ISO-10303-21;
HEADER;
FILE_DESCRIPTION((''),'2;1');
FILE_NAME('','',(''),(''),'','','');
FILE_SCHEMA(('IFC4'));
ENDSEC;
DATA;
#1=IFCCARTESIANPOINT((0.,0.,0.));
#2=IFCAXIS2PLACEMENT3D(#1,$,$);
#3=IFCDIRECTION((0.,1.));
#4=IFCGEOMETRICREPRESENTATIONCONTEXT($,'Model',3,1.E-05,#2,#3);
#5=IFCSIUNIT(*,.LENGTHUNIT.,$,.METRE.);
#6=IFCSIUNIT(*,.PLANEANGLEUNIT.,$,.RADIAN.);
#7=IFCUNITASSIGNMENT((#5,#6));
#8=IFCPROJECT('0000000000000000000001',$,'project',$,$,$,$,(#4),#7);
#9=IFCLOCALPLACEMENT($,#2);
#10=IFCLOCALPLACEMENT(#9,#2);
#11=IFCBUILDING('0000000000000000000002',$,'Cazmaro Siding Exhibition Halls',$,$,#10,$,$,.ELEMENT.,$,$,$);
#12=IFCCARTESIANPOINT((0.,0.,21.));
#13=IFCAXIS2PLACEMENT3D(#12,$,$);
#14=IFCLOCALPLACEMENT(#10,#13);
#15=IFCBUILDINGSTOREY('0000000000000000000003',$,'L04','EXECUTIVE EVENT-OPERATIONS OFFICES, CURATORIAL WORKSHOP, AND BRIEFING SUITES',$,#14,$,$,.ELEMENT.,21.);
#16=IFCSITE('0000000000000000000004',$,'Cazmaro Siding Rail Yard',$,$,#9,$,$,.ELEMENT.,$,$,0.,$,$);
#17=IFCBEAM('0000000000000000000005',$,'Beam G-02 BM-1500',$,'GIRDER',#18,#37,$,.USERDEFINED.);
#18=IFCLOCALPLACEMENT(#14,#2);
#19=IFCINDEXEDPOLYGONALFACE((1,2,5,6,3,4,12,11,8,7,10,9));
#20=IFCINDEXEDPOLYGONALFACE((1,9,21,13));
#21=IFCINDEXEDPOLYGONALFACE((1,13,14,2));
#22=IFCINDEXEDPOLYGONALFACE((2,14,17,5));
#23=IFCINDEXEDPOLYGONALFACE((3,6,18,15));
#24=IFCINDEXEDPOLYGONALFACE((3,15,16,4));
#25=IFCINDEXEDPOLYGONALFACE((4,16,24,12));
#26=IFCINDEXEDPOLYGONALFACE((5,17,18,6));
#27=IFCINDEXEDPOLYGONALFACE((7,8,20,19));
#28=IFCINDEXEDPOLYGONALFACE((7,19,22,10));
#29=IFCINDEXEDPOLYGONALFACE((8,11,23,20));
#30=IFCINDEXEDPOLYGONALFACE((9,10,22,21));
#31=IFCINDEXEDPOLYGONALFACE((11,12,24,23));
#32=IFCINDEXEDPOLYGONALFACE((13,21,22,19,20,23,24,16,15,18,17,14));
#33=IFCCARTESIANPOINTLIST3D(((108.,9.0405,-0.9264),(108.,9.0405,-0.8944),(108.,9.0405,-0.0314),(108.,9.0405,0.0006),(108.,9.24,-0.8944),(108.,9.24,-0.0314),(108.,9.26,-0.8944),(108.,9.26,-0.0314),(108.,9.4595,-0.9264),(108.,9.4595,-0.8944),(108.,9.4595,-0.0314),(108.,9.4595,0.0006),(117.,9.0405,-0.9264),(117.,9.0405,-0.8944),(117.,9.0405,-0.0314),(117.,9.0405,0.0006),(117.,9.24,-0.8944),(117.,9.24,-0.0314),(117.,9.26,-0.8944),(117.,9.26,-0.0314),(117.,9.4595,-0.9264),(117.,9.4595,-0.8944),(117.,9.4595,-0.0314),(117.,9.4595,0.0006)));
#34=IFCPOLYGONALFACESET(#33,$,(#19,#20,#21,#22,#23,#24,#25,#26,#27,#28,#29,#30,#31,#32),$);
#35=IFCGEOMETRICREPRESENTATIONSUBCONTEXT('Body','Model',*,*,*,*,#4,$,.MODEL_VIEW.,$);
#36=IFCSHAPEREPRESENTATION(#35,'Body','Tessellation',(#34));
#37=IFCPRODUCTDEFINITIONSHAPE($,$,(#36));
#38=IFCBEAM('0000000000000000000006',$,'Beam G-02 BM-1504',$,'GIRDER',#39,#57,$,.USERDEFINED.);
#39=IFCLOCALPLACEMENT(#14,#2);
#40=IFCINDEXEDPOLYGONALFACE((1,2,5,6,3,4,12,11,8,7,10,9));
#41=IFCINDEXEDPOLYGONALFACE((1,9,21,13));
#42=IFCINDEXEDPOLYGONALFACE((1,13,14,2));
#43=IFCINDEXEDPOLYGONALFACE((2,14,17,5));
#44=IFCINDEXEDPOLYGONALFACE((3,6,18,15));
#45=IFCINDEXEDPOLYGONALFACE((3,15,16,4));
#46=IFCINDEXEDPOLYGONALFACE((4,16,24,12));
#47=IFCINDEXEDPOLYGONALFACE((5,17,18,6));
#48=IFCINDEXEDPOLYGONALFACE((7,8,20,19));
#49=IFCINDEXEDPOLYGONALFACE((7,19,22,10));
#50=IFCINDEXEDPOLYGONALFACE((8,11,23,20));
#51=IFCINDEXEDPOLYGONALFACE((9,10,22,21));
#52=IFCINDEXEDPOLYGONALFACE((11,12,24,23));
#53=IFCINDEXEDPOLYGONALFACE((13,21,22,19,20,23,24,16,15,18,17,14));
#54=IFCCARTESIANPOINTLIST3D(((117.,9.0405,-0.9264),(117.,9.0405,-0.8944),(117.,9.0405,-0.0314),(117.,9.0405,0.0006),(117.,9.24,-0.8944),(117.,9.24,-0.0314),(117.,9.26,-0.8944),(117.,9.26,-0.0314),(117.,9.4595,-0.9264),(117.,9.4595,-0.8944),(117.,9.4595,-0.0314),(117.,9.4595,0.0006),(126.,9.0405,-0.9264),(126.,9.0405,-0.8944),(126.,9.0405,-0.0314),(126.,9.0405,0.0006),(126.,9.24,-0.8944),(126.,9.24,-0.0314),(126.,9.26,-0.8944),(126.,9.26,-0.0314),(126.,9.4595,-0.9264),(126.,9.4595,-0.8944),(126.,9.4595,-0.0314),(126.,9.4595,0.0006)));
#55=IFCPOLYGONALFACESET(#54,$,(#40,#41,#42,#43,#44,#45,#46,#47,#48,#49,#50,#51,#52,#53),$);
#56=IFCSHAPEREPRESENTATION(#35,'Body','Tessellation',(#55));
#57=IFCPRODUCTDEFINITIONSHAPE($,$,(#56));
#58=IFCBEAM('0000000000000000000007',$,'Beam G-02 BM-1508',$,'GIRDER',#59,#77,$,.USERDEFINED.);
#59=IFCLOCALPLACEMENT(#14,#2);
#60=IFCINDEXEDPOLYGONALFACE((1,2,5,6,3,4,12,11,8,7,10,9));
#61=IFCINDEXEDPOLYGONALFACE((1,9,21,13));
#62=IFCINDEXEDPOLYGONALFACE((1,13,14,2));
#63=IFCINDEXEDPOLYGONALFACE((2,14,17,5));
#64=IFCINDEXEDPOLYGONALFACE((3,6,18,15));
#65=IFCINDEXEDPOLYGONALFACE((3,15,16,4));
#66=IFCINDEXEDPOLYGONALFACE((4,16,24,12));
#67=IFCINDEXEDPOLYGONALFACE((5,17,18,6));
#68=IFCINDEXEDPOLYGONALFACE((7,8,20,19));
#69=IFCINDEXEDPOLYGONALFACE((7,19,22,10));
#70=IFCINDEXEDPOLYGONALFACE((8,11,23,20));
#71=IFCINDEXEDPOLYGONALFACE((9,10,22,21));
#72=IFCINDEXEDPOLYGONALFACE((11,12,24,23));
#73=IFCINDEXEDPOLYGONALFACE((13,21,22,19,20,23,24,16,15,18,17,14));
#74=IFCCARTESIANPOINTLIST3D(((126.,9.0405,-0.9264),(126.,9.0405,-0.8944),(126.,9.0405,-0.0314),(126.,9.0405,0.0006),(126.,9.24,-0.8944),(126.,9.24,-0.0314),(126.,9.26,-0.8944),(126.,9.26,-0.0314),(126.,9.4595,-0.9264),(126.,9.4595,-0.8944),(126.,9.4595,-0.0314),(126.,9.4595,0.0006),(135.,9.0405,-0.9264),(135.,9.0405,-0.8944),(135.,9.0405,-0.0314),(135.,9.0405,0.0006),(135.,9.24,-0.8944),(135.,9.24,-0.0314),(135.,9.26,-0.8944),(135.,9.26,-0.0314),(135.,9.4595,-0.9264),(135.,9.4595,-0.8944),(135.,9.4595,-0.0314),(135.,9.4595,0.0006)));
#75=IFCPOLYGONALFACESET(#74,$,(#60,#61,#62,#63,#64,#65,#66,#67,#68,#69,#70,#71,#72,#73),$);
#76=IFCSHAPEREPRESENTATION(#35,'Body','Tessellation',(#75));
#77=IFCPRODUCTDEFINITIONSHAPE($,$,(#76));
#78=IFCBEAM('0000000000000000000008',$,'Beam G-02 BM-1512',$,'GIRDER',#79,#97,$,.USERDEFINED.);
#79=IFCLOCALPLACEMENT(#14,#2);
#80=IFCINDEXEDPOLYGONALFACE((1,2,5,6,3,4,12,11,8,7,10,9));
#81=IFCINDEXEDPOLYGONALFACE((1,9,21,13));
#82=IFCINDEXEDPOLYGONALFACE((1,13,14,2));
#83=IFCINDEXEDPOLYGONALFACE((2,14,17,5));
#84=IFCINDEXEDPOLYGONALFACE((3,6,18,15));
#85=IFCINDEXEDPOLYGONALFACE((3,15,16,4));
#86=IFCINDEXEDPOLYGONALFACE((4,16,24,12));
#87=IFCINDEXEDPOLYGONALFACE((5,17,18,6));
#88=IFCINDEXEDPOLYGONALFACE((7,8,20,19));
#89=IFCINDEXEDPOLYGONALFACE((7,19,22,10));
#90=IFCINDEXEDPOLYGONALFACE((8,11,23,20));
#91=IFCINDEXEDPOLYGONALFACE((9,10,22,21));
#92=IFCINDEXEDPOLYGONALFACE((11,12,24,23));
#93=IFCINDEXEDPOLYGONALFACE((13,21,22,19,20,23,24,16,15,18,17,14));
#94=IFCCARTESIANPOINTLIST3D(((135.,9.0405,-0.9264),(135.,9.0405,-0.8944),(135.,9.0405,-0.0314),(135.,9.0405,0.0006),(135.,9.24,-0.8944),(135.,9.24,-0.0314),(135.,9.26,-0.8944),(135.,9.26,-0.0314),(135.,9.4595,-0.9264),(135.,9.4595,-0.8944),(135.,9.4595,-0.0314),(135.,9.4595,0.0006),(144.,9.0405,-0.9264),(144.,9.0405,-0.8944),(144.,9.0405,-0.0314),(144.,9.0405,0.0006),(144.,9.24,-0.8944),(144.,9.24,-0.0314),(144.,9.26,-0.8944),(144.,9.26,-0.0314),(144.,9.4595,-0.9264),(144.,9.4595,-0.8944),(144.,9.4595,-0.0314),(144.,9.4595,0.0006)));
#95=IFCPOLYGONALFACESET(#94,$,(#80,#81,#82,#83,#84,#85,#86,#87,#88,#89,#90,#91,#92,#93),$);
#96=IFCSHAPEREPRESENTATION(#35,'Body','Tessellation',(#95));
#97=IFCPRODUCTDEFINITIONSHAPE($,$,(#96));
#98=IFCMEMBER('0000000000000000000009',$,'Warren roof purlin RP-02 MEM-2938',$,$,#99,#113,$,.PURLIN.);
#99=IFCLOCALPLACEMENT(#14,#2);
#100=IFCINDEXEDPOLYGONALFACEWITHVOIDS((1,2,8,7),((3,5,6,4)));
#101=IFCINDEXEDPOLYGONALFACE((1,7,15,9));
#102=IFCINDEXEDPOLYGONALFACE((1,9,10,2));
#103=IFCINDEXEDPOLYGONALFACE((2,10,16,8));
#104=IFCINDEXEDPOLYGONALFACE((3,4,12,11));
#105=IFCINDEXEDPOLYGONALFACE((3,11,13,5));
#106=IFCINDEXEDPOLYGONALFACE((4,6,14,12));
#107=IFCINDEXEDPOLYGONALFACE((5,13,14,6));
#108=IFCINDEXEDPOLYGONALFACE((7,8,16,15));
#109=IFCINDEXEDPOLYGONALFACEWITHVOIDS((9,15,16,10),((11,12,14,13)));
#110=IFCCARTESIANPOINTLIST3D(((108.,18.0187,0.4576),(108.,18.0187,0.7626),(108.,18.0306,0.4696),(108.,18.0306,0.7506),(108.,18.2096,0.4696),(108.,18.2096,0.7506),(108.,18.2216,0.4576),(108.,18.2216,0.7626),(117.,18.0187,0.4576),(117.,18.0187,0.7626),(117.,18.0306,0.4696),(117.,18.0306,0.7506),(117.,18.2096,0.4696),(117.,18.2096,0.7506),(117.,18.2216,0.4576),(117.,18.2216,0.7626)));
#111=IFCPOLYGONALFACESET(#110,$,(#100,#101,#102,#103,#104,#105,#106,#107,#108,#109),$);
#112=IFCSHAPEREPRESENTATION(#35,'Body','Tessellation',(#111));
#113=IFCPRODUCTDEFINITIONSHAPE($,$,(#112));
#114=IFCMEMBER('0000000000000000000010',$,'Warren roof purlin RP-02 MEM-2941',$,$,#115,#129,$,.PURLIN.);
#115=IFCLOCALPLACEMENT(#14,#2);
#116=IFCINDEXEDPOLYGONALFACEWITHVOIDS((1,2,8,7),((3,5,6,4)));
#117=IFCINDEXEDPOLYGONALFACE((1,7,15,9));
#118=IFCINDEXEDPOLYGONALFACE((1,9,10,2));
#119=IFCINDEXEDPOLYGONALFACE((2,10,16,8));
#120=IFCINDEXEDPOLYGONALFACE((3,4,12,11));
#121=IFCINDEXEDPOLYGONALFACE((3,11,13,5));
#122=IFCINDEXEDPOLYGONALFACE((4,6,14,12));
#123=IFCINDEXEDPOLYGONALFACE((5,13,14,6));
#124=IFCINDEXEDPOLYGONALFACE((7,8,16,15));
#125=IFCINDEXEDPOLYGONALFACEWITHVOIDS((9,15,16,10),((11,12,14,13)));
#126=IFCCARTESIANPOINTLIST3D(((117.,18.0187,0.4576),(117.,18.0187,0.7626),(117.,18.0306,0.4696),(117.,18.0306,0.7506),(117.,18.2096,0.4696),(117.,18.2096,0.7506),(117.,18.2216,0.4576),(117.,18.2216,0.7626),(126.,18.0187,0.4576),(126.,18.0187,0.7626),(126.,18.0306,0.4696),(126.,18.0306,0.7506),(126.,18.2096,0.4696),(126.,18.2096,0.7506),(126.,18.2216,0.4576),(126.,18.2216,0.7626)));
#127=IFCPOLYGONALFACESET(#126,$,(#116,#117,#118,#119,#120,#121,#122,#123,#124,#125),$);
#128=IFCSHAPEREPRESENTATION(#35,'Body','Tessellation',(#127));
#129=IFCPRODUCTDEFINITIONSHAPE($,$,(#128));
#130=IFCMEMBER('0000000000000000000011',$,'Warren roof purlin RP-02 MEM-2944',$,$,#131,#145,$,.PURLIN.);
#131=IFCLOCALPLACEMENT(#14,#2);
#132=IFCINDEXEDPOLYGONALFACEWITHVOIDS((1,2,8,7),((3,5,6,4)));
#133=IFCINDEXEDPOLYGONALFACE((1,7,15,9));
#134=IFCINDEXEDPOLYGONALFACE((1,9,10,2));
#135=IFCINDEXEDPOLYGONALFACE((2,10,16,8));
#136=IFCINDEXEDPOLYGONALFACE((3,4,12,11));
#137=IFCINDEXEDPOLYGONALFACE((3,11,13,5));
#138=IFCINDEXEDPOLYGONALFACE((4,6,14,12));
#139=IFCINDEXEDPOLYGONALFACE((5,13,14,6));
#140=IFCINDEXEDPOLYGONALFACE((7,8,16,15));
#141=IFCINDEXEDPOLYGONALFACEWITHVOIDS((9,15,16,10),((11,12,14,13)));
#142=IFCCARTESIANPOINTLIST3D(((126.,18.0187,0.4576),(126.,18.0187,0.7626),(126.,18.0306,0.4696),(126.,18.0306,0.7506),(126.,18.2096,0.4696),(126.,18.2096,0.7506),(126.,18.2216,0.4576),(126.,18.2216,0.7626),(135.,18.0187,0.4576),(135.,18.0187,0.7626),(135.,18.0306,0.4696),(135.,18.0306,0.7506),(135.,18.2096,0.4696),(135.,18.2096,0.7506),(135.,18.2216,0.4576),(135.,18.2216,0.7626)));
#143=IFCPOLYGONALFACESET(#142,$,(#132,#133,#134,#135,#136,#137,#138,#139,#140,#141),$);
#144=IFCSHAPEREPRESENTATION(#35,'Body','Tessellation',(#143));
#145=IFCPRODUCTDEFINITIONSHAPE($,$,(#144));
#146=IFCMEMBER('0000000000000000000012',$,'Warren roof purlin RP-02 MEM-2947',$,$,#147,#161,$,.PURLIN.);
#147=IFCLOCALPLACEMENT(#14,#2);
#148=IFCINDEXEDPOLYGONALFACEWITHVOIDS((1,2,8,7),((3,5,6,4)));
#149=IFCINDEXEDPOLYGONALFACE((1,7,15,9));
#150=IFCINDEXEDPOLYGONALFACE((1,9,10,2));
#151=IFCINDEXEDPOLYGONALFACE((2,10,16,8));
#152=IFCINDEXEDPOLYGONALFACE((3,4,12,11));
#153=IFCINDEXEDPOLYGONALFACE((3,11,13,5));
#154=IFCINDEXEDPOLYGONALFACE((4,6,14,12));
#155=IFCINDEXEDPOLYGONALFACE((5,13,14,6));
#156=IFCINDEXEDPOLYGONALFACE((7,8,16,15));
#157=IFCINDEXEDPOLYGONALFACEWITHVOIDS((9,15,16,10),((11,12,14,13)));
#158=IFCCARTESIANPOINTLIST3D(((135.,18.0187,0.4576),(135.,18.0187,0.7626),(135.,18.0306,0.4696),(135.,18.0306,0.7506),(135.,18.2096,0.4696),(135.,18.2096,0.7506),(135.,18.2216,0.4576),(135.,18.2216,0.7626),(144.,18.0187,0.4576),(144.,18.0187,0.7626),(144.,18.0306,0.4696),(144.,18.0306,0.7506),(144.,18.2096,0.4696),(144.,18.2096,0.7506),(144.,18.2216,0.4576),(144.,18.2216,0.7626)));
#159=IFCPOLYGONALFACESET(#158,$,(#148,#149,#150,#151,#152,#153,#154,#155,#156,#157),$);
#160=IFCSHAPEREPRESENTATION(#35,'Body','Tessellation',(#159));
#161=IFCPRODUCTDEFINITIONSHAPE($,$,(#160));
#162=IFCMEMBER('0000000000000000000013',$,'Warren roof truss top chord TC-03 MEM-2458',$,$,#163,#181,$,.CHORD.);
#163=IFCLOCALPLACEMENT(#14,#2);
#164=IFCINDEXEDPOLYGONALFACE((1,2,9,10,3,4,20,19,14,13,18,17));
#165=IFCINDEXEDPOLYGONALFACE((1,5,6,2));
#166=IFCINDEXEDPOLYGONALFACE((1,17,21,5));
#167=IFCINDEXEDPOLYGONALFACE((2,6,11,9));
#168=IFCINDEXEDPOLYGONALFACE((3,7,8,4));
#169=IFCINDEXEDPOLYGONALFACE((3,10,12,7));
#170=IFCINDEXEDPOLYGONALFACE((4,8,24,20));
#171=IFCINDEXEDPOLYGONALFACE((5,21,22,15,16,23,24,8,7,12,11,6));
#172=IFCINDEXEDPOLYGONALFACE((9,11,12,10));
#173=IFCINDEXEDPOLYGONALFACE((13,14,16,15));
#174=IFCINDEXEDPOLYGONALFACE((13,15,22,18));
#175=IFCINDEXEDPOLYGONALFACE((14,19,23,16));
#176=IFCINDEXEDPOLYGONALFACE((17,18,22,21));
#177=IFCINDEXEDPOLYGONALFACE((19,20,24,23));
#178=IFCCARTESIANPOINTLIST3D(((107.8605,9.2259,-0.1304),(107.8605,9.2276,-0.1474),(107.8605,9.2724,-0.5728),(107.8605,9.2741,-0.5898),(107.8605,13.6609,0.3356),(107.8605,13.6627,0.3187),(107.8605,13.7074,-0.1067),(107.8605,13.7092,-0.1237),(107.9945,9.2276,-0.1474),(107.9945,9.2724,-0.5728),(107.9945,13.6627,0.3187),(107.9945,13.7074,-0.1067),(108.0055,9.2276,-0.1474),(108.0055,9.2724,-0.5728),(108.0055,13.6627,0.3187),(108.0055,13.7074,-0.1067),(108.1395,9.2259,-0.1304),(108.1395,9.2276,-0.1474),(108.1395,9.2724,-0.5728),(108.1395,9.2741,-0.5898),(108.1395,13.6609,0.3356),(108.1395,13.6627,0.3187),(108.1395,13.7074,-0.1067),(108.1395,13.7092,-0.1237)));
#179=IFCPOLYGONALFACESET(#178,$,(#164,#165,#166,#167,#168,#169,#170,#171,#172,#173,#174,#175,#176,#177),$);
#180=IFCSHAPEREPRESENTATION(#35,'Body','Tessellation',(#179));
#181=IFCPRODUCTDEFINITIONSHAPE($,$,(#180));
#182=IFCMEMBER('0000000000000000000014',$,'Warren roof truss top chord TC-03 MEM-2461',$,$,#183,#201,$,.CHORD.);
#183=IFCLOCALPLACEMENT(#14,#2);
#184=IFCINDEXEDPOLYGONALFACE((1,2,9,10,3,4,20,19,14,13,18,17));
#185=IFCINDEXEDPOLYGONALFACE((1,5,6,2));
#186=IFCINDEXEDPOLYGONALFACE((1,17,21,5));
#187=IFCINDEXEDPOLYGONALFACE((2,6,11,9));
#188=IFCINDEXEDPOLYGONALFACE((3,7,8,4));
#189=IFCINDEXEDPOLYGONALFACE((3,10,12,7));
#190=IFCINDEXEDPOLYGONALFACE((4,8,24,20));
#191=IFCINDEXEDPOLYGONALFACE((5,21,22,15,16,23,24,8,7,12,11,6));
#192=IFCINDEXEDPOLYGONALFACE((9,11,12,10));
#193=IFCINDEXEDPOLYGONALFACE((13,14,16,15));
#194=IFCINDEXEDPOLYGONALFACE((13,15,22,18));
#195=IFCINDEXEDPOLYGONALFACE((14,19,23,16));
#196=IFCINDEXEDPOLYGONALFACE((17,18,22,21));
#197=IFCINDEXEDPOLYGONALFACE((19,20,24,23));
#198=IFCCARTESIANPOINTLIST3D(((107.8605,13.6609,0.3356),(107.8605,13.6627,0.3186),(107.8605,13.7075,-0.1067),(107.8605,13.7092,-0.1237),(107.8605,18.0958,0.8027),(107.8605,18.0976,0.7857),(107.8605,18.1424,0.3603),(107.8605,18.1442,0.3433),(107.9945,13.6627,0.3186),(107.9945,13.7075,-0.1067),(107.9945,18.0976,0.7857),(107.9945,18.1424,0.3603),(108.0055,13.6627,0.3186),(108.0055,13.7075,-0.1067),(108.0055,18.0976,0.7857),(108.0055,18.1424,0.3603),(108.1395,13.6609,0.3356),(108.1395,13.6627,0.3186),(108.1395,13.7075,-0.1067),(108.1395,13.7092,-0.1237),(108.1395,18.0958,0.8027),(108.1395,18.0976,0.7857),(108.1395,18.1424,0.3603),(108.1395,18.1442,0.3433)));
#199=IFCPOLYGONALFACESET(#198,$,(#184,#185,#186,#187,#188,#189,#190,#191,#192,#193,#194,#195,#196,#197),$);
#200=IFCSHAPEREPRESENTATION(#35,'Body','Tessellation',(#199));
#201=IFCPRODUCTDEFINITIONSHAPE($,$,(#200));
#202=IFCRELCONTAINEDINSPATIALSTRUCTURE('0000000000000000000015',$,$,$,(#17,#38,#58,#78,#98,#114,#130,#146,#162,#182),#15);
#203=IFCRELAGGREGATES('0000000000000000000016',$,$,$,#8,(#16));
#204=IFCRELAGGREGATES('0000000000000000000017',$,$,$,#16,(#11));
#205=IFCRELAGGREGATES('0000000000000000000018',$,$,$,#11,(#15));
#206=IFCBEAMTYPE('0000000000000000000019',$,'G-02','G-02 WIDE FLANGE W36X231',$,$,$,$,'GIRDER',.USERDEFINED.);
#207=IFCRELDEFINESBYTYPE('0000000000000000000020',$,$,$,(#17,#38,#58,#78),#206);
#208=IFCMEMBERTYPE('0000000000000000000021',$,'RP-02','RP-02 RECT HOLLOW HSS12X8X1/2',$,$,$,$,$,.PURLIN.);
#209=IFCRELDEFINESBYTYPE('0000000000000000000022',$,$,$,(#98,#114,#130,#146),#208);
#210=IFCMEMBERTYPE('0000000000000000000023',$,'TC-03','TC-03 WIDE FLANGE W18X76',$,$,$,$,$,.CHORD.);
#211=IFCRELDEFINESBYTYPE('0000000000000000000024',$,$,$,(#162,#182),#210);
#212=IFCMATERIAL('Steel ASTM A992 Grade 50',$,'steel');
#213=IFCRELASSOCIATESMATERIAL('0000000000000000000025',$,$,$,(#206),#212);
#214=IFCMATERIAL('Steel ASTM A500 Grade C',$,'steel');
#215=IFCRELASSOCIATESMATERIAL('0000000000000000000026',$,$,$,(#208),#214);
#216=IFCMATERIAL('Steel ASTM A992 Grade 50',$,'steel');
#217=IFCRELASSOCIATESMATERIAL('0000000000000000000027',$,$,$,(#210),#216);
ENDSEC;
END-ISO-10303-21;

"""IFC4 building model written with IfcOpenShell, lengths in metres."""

from ifc_helpers import new_model, si_unit, direction, frame, origin, origin_2d, place, context, subcontext, project, spatial, hollow_rectangle, i_section, extrude, material, material_profile, profile_set, type_object, element, save


model = new_model("IFC4")

# Units and contexts
model_context = context("Model", 3, precision=1e-05, world=origin(), true_north=direction((0.0, 1.0)))
body_context = subcontext(model_context, "Body", "Model", "MODEL_VIEW")
ifc_project = project(units=[si_unit("LENGTHUNIT", "METRE"), si_unit("PLANEANGLEUNIT", "RADIAN")], contexts=[model_context])

# Site, building, storey
site_placement = place(None, origin())
site = spatial("IfcSite", under=ifc_project, at=site_placement, Name="Cazmaro Siding Rail Yard", CompositionType="ELEMENT", RefElevation=0.0)
building_placement = place(site_placement, origin())
building = spatial("IfcBuilding", under=site, at=building_placement, Name="Cazmaro Siding Exhibition Halls", CompositionType="ELEMENT")
storey_placement = place(building_placement, frame((0.0, 0.0, 21.0)))
storey = spatial("IfcBuildingStorey", under=building, at=storey_placement, Name="L04", Description="EXECUTIVE EVENT-OPERATIONS OFFICES, CURATORIAL WORKSHOP, AND BRIEFING SUITES", CompositionType="ELEMENT", Elevation=21.0)

# Beams
ifc_material_1 = material(Name="Steel ASTM A992 Grade 50", Category="steel")
ifc_material_profile_1 = material_profile(ifc_material_1, i_section(OverallWidth=0.4189, OverallDepth=0.927, WebThickness=0.02, FlangeThickness=0.032, at=origin_2d()), Name="W36X231")
ifc_profile_set_1 = profile_set([ifc_material_profile_1], Name="Steel ASTM A992 Grade 50")
beam_type = type_object("IfcBeamType", Name="G-02", Description="G-02 WIDE FLANGE W36X231", ElementType="GIRDER", PredefinedType="USERDEFINED", material=ifc_profile_set_1)
for number, where, z_axis, x_axis, name in (
    (1, (108.0, 9.25, -0.4629), (1.0, 0.0, 0.0), (0.0, 1.0, 0.0), "Beam G-02 BM-1500"),
    (2, (117.0, 9.25, -0.4629), (1.0, 0.0, 0.0), (0.0, 1.0, 0.0), "Beam G-02 BM-1504"),
    (3, (126.0, 9.25, -0.4629), (1.0, 0.0, 0.0), (0.0, 1.0, 0.0), "Beam G-02 BM-1508"),
    (4, (135.0, 9.25, -0.4629), (1.0, 0.0, 0.0), (0.0, 1.0, 0.0), "Beam G-02 BM-1512"),
):
    element("IfcBeam", number, at=place(storey_placement, frame(where, z_axis=z_axis, x_axis=x_axis)), inside=storey, type_object=beam_type, Name=name, ObjectType="GIRDER", PredefinedType="USERDEFINED", context=body_context, shape_type="SweptSolid", body=[
        extrude(i_section(OverallWidth=0.4189, OverallDepth=0.927, WebThickness=0.02, FlangeThickness=0.032, at=origin_2d()), origin(), (0.0, 0.0, 1.0), 9.0),
    ])

# Members
ifc_material_2 = material(Name="Steel ASTM A500 Grade C", Category="steel")
ifc_material_profile_2 = material_profile(ifc_material_2, hollow_rectangle(XDim=0.2029, YDim=0.3049, WallThickness=0.012, at=origin_2d()), Name="HSS12X8X1/2")
ifc_profile_set_2 = profile_set([ifc_material_profile_2], Name="Steel ASTM A500 Grade C")
member_type_1 = type_object("IfcMemberType", Name="RP-02", Description="RP-02 RECT HOLLOW HSS12X8X1/2", PredefinedType="PURLIN", material=ifc_profile_set_2)
for number, where, z_axis, x_axis, name in (
    (5, (108.0, 18.1201, 0.6101), (1.0, 0.0, 0.0), (0.0, 1.0, 0.0), "Warren roof purlin RP-02 MEM-2938"),
    (6, (117.0, 18.1201, 0.6101), (1.0, 0.0, 0.0), (0.0, 1.0, 0.0), "Warren roof purlin RP-02 MEM-2941"),
    (7, (126.0, 18.1201, 0.6101), (1.0, 0.0, 0.0), (0.0, 1.0, 0.0), "Warren roof purlin RP-02 MEM-2944"),
    (8, (135.0, 18.1201, 0.6101), (1.0, 0.0, 0.0), (0.0, 1.0, 0.0), "Warren roof purlin RP-02 MEM-2947"),
):
    element("IfcMember", number, at=place(storey_placement, frame(where, z_axis=z_axis, x_axis=x_axis)), inside=storey, type_object=member_type_1, Name=name, PredefinedType="PURLIN", context=body_context, shape_type="SweptSolid", body=[
        extrude(hollow_rectangle(XDim=0.2029, YDim=0.3049, WallThickness=0.012, at=origin_2d()), origin(), (0.0, 0.0, 1.0), 9.0),
    ])
ifc_material_3 = material(Name="Steel ASTM A992 Grade 50", Category="steel")
ifc_material_profile_3 = material_profile(ifc_material_3, i_section(OverallWidth=0.2791, OverallDepth=0.4619, WebThickness=0.011, FlangeThickness=0.0171, at=origin_2d()), Name="W18X76")
ifc_profile_set_3 = profile_set([ifc_material_profile_3], Name="Steel ASTM A992 Grade 50")
member_type_2 = type_object("IfcMemberType", Name="TC-03", Description="TC-03 WIDE FLANGE W18X76", PredefinedType="CHORD", material=ifc_profile_set_3)
for number, where, z_axis, x_axis, name in (
    (9, (108.0, 9.25, -0.3601), (0.0, 0.994524, 0.104511), (-1.0, 0.0, 0.0), "Warren roof truss top chord TC-03 MEM-2458"),
    (10, (108.0, 13.6851, 0.106), (0.0, 0.994501, 0.104728), (-1.0, 0.0, 0.0), "Warren roof truss top chord TC-03 MEM-2461"),
):
    element("IfcMember", number, at=place(storey_placement, frame(where, z_axis=z_axis, x_axis=x_axis)), inside=storey, type_object=member_type_2, Name=name, PredefinedType="CHORD", context=body_context, shape_type="SweptSolid", body=[
        extrude(i_section(OverallWidth=0.2791, OverallDepth=0.4619, WebThickness=0.011, FlangeThickness=0.0171, at=origin_2d()), origin(), (0.0, 0.0, 1.0), 4.4595),
    ])

save(model, "model.ifc")
